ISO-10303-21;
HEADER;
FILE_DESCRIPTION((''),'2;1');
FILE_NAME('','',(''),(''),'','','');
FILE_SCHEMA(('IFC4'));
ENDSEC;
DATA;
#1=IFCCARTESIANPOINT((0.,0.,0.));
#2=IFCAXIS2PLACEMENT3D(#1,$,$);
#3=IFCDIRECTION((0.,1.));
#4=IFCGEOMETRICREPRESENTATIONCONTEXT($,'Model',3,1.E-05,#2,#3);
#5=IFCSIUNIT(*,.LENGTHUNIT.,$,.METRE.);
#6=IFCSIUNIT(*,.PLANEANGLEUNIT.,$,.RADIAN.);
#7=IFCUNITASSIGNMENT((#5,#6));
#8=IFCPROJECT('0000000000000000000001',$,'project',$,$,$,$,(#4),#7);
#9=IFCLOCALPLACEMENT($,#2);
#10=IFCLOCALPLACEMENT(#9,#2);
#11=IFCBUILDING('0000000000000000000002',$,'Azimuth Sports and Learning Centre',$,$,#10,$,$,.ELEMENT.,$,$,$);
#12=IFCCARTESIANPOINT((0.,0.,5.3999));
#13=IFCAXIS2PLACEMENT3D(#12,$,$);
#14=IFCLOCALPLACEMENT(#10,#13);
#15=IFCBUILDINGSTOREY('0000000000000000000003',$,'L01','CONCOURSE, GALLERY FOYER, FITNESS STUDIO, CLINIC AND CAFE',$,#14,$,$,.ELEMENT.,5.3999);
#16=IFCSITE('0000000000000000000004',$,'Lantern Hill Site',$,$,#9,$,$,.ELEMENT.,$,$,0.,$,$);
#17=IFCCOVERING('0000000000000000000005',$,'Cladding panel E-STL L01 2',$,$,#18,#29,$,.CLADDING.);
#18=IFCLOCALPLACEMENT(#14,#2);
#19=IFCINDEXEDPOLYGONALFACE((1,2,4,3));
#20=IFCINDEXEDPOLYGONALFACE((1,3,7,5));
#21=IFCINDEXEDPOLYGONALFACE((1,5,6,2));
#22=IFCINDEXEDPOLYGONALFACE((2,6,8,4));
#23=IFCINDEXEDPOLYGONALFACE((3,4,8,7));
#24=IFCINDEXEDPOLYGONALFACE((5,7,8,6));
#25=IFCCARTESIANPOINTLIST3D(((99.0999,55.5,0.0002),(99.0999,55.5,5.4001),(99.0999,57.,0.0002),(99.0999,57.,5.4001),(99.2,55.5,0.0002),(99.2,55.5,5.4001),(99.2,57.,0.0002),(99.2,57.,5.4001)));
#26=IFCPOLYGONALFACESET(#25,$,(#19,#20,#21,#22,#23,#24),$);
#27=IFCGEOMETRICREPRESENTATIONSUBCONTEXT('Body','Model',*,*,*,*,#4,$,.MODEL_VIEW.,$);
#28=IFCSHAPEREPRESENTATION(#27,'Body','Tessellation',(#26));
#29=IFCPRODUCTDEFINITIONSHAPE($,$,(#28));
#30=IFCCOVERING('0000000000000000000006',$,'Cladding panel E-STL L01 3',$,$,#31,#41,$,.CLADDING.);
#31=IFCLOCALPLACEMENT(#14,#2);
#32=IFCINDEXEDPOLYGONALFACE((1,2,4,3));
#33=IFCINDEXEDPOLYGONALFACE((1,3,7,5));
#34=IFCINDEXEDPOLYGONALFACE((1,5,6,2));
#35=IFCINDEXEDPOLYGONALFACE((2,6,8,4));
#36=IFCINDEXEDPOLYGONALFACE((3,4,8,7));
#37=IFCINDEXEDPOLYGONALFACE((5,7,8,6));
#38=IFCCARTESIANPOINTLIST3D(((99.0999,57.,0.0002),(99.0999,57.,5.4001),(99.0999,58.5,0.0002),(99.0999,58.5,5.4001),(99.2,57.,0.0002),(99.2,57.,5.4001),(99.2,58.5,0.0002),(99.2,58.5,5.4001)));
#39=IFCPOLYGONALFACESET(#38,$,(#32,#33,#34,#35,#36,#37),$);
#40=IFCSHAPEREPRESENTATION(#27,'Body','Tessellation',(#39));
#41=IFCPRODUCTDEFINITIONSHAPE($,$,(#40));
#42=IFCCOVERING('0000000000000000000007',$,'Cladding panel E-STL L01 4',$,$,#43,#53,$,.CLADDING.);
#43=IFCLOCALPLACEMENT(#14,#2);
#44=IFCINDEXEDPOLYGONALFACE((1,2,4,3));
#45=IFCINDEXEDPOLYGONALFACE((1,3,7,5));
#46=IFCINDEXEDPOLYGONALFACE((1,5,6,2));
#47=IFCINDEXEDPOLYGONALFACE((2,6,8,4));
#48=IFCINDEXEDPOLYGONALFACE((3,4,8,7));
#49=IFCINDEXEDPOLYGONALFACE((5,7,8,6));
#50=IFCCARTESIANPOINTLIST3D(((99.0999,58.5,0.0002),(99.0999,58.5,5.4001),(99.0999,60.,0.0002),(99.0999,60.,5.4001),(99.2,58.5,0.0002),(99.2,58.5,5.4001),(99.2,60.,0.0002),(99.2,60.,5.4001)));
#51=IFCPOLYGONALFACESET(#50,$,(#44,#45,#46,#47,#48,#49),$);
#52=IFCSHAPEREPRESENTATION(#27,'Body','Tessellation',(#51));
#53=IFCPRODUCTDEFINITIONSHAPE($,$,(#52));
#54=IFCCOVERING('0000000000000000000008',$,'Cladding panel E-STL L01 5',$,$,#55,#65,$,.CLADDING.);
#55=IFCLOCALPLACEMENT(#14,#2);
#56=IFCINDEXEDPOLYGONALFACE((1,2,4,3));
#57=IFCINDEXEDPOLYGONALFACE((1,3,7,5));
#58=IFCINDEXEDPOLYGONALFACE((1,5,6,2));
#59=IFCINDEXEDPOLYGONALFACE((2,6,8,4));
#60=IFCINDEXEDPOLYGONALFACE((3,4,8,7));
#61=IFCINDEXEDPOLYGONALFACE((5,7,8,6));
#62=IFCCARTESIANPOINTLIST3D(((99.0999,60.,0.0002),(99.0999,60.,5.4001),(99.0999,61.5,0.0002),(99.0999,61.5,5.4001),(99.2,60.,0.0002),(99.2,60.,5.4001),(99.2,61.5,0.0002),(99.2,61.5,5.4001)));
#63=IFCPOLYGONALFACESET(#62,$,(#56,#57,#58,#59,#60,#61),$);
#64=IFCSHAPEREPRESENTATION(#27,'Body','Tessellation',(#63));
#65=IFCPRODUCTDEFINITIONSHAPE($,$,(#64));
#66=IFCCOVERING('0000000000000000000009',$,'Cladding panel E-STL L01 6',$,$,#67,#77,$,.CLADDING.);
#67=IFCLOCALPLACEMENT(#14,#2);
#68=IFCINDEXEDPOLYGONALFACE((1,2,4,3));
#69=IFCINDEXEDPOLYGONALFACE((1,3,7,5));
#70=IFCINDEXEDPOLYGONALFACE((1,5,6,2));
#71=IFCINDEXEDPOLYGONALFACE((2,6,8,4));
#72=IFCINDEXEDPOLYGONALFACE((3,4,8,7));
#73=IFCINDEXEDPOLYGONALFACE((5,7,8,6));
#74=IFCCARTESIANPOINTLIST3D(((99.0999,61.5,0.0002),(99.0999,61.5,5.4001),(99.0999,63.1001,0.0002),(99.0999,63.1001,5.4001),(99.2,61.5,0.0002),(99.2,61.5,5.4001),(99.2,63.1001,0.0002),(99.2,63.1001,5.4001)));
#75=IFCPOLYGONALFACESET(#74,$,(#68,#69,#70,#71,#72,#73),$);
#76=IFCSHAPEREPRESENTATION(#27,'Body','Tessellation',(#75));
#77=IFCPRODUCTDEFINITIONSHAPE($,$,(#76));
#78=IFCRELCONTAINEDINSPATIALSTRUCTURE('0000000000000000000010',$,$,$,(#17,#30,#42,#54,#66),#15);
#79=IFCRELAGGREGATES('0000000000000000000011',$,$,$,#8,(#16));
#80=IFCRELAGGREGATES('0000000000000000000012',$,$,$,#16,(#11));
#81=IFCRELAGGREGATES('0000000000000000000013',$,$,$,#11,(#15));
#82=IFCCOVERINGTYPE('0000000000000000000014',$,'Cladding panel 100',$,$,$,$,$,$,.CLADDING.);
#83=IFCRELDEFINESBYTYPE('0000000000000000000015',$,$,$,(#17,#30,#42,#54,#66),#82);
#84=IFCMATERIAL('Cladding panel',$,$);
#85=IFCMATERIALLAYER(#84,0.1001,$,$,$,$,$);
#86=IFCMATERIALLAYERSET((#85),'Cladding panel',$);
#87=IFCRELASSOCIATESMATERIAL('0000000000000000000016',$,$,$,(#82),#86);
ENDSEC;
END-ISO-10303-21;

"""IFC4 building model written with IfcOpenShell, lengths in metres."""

from ifc_helpers import new_model, si_unit, direction, frame, origin, origin_2d, place, context, subcontext, project, spatial, rectangle, extrude, material, layer, layer_set, type_object, element, save


model = new_model("IFC4")

# Units and contexts
model_context = context("Model", 3, precision=1e-05, world=origin(), true_north=direction((0.0, 1.0)))
body_context = subcontext(model_context, "Body", "Model", "MODEL_VIEW")
ifc_project = project(units=[si_unit("LENGTHUNIT", "METRE"), si_unit("PLANEANGLEUNIT", "RADIAN")], contexts=[model_context])

# Site, building, storey
site_placement = place(None, origin())
site = spatial("IfcSite", under=ifc_project, at=site_placement, Name="Lantern Hill Site", CompositionType="ELEMENT", RefElevation=0.0)
building_placement = place(site_placement, origin())
building = spatial("IfcBuilding", under=site, at=building_placement, Name="Azimuth Sports and Learning Centre", CompositionType="ELEMENT")
storey_placement = place(building_placement, frame((0.0, 0.0, 5.3999)))
storey = spatial("IfcBuildingStorey", under=building, at=storey_placement, Name="L01", Description="CONCOURSE, GALLERY FOYER, FITNESS STUDIO, CLINIC AND CAFE", CompositionType="ELEMENT", Elevation=5.3999)

# Coverings
ifc_material_1 = material(Name="Cladding panel")
ifc_layer_1 = layer(ifc_material_1, 0.1001)
ifc_layer_set_1 = layer_set([ifc_layer_1], Name="Cladding panel")
covering_type = type_object("IfcCoveringType", Name="Cladding panel 100", PredefinedType="CLADDING", material=ifc_layer_set_1)
for number, where, z_axis, x_axis, name in (
    (1, (99.1499, 56.25, 0.0002), (0.0, 0.0, 1.0), (0.0, 1.0, 0.0), "Cladding panel E-STL L01 2"),
    (2, (99.1499, 57.75, 0.0002), (0.0, 0.0, 1.0), (0.0, 1.0, 0.0), "Cladding panel E-STL L01 3"),
    (3, (99.1499, 59.25, 0.0002), (0.0, 0.0, 1.0), (0.0, 1.0, 0.0), "Cladding panel E-STL L01 4"),
    (4, (99.1499, 60.75, 0.0002), (0.0, 0.0, 1.0), (0.0, 1.0, 0.0), "Cladding panel E-STL L01 5"),
):
    element("IfcCovering", number, at=place(storey_placement, frame(where, z_axis=z_axis, x_axis=x_axis)), inside=storey, type_object=covering_type, Name=name, PredefinedType="CLADDING", context=body_context, shape_type="SweptSolid", body=[
        extrude(rectangle(XDim=1.5, YDim=0.1001, at=origin_2d()), origin(), (0.0, 0.0, 1.0), 5.3999),
    ])
covering_1_placement = place(storey_placement, frame((99.1499, 62.3, 0.0002), z_axis=(0.0, 0.0, 1.0), x_axis=(0.0, 1.0, 0.0)))
element("IfcCovering", 5, at=covering_1_placement, inside=storey, type_object=covering_type, Name="Cladding panel E-STL L01 6", PredefinedType="CLADDING", context=body_context, shape_type="SweptSolid", body=[
    extrude(rectangle(XDim=1.6001, YDim=0.1001, at=origin_2d()), origin(), (0.0, 0.0, 1.0), 5.3999),
])

save(model, "model.ifc")
